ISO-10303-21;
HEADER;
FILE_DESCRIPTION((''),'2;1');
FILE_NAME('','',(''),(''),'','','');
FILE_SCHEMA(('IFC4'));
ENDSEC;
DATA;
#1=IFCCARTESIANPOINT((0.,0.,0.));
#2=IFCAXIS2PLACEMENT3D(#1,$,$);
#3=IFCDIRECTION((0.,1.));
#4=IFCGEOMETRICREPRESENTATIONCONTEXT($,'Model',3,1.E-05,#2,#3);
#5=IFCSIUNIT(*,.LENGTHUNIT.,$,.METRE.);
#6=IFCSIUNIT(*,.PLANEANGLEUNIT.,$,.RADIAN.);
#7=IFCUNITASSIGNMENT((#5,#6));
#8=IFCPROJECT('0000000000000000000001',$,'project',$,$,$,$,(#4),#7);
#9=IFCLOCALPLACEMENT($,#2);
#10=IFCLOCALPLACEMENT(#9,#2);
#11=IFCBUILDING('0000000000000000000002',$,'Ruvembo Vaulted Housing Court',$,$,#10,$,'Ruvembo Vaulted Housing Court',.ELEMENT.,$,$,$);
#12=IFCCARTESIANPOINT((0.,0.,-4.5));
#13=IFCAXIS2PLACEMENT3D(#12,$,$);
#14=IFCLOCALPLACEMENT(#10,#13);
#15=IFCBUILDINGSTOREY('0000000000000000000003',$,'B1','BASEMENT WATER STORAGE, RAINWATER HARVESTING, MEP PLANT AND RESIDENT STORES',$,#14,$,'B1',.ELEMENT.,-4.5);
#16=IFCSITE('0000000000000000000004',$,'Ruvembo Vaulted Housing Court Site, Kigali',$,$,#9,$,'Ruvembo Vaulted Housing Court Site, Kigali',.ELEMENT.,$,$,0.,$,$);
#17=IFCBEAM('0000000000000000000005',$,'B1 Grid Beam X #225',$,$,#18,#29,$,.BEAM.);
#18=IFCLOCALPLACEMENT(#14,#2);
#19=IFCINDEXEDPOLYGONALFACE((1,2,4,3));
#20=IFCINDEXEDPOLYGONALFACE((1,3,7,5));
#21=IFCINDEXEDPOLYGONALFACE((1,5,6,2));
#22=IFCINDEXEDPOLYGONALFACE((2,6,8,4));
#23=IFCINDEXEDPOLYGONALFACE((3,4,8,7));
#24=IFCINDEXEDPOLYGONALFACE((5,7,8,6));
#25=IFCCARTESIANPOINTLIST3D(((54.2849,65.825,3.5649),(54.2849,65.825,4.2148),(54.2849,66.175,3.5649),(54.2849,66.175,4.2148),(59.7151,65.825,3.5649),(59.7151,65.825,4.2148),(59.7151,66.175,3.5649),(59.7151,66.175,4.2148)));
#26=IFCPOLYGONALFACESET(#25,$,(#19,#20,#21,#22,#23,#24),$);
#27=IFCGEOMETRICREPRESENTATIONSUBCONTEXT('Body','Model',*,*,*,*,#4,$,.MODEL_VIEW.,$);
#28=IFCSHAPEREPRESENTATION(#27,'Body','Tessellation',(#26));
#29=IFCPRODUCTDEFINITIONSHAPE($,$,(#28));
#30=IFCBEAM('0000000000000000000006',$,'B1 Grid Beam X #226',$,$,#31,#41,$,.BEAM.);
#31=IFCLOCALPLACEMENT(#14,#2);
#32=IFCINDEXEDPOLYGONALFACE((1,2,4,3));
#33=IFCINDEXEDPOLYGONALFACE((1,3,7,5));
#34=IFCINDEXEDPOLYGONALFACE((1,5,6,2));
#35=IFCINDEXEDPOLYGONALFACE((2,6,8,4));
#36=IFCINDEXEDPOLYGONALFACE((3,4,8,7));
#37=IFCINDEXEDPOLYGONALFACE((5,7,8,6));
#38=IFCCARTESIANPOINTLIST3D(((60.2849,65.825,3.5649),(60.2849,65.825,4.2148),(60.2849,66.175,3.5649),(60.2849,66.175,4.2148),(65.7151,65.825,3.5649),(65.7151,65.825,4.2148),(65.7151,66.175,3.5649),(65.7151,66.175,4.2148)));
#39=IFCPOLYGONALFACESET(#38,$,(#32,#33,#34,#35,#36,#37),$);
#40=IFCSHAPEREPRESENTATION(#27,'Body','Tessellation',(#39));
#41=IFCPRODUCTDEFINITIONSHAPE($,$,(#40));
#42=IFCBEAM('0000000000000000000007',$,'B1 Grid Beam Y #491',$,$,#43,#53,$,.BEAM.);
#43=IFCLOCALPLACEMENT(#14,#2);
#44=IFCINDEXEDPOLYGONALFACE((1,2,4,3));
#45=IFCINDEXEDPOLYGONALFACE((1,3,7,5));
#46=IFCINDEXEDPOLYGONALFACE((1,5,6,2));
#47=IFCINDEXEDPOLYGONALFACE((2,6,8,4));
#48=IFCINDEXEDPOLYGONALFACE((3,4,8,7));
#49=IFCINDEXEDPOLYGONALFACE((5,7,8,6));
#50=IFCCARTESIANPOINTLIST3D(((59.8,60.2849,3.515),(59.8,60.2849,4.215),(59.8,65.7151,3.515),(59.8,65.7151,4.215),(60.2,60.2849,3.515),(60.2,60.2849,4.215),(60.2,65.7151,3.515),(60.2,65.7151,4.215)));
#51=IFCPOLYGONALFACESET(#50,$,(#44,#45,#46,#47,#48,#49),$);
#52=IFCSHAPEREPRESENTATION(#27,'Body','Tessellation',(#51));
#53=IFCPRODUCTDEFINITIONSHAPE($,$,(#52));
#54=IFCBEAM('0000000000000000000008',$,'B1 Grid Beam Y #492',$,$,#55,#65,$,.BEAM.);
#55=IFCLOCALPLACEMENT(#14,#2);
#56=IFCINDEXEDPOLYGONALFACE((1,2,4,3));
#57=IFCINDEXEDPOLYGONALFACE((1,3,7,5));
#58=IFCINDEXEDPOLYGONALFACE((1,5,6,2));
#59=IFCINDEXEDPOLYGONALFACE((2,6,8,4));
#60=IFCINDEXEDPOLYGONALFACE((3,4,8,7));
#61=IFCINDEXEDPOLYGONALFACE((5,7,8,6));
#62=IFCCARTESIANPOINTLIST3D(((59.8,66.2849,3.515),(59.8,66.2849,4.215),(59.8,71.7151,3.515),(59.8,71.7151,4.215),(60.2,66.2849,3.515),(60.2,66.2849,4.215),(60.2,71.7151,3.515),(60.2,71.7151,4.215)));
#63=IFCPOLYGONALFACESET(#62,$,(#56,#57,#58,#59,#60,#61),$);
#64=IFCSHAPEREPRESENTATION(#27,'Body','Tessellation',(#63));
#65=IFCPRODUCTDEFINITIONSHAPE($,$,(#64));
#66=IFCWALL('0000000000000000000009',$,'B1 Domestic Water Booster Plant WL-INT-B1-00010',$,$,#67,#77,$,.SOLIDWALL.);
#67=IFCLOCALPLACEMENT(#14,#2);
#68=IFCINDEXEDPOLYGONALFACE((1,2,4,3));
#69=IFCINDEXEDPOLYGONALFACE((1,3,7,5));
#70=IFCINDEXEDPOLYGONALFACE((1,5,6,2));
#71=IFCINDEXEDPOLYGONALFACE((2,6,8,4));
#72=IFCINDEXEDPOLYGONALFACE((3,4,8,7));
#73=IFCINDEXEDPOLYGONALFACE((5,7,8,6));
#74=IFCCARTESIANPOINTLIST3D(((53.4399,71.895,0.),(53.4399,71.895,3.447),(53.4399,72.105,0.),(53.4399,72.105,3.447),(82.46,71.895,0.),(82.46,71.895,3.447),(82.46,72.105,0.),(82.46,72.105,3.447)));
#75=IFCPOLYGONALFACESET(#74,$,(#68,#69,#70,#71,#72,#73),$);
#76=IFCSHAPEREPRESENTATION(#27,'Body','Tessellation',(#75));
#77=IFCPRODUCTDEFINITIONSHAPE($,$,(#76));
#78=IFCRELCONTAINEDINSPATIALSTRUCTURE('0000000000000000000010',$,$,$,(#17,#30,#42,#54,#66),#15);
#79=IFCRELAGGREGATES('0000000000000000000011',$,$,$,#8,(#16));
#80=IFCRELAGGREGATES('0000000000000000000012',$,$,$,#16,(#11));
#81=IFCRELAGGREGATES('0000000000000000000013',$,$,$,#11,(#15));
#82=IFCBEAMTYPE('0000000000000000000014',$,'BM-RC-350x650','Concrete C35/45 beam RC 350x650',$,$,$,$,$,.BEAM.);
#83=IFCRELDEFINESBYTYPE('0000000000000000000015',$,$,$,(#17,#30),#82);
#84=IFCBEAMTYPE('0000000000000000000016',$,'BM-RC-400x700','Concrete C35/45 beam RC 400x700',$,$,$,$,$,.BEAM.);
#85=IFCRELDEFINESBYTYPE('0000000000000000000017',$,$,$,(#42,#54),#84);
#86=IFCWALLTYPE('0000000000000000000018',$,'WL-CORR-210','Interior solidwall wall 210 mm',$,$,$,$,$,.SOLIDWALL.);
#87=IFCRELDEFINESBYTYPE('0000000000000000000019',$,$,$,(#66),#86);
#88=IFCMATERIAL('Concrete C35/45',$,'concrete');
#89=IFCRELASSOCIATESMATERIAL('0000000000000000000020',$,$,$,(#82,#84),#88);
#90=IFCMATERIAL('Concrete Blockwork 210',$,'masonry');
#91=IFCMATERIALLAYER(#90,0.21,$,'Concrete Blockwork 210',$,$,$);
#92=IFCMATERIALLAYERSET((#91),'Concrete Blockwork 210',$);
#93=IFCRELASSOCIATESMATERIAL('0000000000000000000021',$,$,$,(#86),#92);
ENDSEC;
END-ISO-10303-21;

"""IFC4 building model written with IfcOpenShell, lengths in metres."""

from ifc_helpers import new_model, si_unit, direction, frame, frame_2d, origin, origin_2d, place, context, subcontext, project, spatial, rectangle, extrude, material, layer, layer_set, material_profile, profile_set, type_object, element, save


model = new_model("IFC4")

# Units and contexts
model_context = context("Model", 3, precision=1e-05, world=origin(), true_north=direction((0.0, 1.0)))
body_context = subcontext(model_context, "Body", "Model", "MODEL_VIEW")
ifc_project = project(units=[si_unit("LENGTHUNIT", "METRE"), si_unit("PLANEANGLEUNIT", "RADIAN")], contexts=[model_context])

# Site, building, storey
site_placement = place(None, origin())
site = spatial("IfcSite", under=ifc_project, at=site_placement, Name="Ruvembo Vaulted Housing Court Site, Kigali", LongName="Ruvembo Vaulted Housing Court Site, Kigali", CompositionType="ELEMENT", RefElevation=0.0)
building_placement = place(site_placement, origin())
building = spatial("IfcBuilding", under=site, at=building_placement, Name="Ruvembo Vaulted Housing Court", LongName="Ruvembo Vaulted Housing Court", CompositionType="ELEMENT")
storey_placement = place(building_placement, frame((0.0, 0.0, -4.5)))
storey = spatial("IfcBuildingStorey", under=building, at=storey_placement, Name="B1", Description="BASEMENT WATER STORAGE, RAINWATER HARVESTING, MEP PLANT AND RESIDENT STORES", LongName="B1", CompositionType="ELEMENT", Elevation=-4.5)

# Shared definitions
ifc_material_1 = material(Name="Concrete C35/45", Category="concrete")

# Beams
ifc_material_profile_1 = material_profile(ifc_material_1, rectangle(XDim=0.3501, YDim=0.6499, at=origin_2d()), Name="RC 350x650")
ifc_profile_set_1 = profile_set([ifc_material_profile_1], Name="Concrete C35/45")
beam_type_1 = type_object("IfcBeamType", Name="BM-RC-350x650", Description="Concrete C35/45 beam RC 350x650", PredefinedType="BEAM", material=ifc_profile_set_1)
for number, where, z_axis, x_axis, name in (
    (1, (54.2849, 66.0, 3.8899), (1.0, 0.0, 0.0), (0.0, 1.0, 0.0), "B1 Grid Beam X #225"),
    (2, (60.2849, 66.0, 3.8899), (1.0, 0.0, 0.0), (0.0, 1.0, 0.0), "B1 Grid Beam X #226"),
):
    element("IfcBeam", number, at=place(storey_placement, frame(where, z_axis=z_axis, x_axis=x_axis)), inside=storey, type_object=beam_type_1, Name=name, PredefinedType="BEAM", context=body_context, shape_type="SweptSolid", body=[
        extrude(rectangle(XDim=0.3501, YDim=0.6499, at=origin_2d()), origin(), (0.0, 0.0, 1.0), 5.4302),
    ])
ifc_material_profile_2 = material_profile(ifc_material_1, rectangle(XDim=0.3999, YDim=0.7, at=origin_2d()), Name="RC 400x700")
ifc_profile_set_2 = profile_set([ifc_material_profile_2], Name="Concrete C35/45")
beam_type_2 = type_object("IfcBeamType", Name="BM-RC-400x700", Description="Concrete C35/45 beam RC 400x700", PredefinedType="BEAM", material=ifc_profile_set_2)
for number, where, z_axis, x_axis, name in (
    (3, (60.0, 60.2849, 3.865), (0.0, 1.0, 0.0), (-1.0, 0.0, 0.0), "B1 Grid Beam Y #491"),
    (4, (60.0, 66.2849, 3.865), (0.0, 1.0, 0.0), (-1.0, 0.0, 0.0), "B1 Grid Beam Y #492"),
):
    element("IfcBeam", number, at=place(storey_placement, frame(where, z_axis=z_axis, x_axis=x_axis)), inside=storey, type_object=beam_type_2, Name=name, PredefinedType="BEAM", context=body_context, shape_type="SweptSolid", body=[
        extrude(rectangle(XDim=0.3999, YDim=0.7, at=origin_2d()), origin(), (0.0, 0.0, 1.0), 5.4302),
    ])

# Wall
ifc_material_2 = material(Name="Concrete Blockwork 210", Category="masonry")
ifc_layer = layer(ifc_material_2, 0.21, Name="Concrete Blockwork 210")
ifc_layer_set = layer_set([ifc_layer], Name="Concrete Blockwork 210")
wall_type = type_object("IfcWallType", Name="WL-CORR-210", Description="Interior solidwall wall 210 mm", PredefinedType="SOLIDWALL", material=ifc_layer_set)
wall_placement = place(storey_placement, frame((53.4399, 72.0, 0.0), z_axis=(0.0, 0.0, 1.0), x_axis=(1.0, 0.0, 0.0)))
element("IfcWall", 5, at=wall_placement, inside=storey, type_object=wall_type, Name="B1 Domestic Water Booster Plant WL-INT-B1-00010", PredefinedType="SOLIDWALL", context=body_context, shape_type="SweptSolid", body=[
    extrude(rectangle(XDim=29.02, YDim=0.21, at=frame_2d((14.51, 0.0))), origin(), (0.0, 0.0, 1.0), 3.447),
])

save(model, "model.ifc")
